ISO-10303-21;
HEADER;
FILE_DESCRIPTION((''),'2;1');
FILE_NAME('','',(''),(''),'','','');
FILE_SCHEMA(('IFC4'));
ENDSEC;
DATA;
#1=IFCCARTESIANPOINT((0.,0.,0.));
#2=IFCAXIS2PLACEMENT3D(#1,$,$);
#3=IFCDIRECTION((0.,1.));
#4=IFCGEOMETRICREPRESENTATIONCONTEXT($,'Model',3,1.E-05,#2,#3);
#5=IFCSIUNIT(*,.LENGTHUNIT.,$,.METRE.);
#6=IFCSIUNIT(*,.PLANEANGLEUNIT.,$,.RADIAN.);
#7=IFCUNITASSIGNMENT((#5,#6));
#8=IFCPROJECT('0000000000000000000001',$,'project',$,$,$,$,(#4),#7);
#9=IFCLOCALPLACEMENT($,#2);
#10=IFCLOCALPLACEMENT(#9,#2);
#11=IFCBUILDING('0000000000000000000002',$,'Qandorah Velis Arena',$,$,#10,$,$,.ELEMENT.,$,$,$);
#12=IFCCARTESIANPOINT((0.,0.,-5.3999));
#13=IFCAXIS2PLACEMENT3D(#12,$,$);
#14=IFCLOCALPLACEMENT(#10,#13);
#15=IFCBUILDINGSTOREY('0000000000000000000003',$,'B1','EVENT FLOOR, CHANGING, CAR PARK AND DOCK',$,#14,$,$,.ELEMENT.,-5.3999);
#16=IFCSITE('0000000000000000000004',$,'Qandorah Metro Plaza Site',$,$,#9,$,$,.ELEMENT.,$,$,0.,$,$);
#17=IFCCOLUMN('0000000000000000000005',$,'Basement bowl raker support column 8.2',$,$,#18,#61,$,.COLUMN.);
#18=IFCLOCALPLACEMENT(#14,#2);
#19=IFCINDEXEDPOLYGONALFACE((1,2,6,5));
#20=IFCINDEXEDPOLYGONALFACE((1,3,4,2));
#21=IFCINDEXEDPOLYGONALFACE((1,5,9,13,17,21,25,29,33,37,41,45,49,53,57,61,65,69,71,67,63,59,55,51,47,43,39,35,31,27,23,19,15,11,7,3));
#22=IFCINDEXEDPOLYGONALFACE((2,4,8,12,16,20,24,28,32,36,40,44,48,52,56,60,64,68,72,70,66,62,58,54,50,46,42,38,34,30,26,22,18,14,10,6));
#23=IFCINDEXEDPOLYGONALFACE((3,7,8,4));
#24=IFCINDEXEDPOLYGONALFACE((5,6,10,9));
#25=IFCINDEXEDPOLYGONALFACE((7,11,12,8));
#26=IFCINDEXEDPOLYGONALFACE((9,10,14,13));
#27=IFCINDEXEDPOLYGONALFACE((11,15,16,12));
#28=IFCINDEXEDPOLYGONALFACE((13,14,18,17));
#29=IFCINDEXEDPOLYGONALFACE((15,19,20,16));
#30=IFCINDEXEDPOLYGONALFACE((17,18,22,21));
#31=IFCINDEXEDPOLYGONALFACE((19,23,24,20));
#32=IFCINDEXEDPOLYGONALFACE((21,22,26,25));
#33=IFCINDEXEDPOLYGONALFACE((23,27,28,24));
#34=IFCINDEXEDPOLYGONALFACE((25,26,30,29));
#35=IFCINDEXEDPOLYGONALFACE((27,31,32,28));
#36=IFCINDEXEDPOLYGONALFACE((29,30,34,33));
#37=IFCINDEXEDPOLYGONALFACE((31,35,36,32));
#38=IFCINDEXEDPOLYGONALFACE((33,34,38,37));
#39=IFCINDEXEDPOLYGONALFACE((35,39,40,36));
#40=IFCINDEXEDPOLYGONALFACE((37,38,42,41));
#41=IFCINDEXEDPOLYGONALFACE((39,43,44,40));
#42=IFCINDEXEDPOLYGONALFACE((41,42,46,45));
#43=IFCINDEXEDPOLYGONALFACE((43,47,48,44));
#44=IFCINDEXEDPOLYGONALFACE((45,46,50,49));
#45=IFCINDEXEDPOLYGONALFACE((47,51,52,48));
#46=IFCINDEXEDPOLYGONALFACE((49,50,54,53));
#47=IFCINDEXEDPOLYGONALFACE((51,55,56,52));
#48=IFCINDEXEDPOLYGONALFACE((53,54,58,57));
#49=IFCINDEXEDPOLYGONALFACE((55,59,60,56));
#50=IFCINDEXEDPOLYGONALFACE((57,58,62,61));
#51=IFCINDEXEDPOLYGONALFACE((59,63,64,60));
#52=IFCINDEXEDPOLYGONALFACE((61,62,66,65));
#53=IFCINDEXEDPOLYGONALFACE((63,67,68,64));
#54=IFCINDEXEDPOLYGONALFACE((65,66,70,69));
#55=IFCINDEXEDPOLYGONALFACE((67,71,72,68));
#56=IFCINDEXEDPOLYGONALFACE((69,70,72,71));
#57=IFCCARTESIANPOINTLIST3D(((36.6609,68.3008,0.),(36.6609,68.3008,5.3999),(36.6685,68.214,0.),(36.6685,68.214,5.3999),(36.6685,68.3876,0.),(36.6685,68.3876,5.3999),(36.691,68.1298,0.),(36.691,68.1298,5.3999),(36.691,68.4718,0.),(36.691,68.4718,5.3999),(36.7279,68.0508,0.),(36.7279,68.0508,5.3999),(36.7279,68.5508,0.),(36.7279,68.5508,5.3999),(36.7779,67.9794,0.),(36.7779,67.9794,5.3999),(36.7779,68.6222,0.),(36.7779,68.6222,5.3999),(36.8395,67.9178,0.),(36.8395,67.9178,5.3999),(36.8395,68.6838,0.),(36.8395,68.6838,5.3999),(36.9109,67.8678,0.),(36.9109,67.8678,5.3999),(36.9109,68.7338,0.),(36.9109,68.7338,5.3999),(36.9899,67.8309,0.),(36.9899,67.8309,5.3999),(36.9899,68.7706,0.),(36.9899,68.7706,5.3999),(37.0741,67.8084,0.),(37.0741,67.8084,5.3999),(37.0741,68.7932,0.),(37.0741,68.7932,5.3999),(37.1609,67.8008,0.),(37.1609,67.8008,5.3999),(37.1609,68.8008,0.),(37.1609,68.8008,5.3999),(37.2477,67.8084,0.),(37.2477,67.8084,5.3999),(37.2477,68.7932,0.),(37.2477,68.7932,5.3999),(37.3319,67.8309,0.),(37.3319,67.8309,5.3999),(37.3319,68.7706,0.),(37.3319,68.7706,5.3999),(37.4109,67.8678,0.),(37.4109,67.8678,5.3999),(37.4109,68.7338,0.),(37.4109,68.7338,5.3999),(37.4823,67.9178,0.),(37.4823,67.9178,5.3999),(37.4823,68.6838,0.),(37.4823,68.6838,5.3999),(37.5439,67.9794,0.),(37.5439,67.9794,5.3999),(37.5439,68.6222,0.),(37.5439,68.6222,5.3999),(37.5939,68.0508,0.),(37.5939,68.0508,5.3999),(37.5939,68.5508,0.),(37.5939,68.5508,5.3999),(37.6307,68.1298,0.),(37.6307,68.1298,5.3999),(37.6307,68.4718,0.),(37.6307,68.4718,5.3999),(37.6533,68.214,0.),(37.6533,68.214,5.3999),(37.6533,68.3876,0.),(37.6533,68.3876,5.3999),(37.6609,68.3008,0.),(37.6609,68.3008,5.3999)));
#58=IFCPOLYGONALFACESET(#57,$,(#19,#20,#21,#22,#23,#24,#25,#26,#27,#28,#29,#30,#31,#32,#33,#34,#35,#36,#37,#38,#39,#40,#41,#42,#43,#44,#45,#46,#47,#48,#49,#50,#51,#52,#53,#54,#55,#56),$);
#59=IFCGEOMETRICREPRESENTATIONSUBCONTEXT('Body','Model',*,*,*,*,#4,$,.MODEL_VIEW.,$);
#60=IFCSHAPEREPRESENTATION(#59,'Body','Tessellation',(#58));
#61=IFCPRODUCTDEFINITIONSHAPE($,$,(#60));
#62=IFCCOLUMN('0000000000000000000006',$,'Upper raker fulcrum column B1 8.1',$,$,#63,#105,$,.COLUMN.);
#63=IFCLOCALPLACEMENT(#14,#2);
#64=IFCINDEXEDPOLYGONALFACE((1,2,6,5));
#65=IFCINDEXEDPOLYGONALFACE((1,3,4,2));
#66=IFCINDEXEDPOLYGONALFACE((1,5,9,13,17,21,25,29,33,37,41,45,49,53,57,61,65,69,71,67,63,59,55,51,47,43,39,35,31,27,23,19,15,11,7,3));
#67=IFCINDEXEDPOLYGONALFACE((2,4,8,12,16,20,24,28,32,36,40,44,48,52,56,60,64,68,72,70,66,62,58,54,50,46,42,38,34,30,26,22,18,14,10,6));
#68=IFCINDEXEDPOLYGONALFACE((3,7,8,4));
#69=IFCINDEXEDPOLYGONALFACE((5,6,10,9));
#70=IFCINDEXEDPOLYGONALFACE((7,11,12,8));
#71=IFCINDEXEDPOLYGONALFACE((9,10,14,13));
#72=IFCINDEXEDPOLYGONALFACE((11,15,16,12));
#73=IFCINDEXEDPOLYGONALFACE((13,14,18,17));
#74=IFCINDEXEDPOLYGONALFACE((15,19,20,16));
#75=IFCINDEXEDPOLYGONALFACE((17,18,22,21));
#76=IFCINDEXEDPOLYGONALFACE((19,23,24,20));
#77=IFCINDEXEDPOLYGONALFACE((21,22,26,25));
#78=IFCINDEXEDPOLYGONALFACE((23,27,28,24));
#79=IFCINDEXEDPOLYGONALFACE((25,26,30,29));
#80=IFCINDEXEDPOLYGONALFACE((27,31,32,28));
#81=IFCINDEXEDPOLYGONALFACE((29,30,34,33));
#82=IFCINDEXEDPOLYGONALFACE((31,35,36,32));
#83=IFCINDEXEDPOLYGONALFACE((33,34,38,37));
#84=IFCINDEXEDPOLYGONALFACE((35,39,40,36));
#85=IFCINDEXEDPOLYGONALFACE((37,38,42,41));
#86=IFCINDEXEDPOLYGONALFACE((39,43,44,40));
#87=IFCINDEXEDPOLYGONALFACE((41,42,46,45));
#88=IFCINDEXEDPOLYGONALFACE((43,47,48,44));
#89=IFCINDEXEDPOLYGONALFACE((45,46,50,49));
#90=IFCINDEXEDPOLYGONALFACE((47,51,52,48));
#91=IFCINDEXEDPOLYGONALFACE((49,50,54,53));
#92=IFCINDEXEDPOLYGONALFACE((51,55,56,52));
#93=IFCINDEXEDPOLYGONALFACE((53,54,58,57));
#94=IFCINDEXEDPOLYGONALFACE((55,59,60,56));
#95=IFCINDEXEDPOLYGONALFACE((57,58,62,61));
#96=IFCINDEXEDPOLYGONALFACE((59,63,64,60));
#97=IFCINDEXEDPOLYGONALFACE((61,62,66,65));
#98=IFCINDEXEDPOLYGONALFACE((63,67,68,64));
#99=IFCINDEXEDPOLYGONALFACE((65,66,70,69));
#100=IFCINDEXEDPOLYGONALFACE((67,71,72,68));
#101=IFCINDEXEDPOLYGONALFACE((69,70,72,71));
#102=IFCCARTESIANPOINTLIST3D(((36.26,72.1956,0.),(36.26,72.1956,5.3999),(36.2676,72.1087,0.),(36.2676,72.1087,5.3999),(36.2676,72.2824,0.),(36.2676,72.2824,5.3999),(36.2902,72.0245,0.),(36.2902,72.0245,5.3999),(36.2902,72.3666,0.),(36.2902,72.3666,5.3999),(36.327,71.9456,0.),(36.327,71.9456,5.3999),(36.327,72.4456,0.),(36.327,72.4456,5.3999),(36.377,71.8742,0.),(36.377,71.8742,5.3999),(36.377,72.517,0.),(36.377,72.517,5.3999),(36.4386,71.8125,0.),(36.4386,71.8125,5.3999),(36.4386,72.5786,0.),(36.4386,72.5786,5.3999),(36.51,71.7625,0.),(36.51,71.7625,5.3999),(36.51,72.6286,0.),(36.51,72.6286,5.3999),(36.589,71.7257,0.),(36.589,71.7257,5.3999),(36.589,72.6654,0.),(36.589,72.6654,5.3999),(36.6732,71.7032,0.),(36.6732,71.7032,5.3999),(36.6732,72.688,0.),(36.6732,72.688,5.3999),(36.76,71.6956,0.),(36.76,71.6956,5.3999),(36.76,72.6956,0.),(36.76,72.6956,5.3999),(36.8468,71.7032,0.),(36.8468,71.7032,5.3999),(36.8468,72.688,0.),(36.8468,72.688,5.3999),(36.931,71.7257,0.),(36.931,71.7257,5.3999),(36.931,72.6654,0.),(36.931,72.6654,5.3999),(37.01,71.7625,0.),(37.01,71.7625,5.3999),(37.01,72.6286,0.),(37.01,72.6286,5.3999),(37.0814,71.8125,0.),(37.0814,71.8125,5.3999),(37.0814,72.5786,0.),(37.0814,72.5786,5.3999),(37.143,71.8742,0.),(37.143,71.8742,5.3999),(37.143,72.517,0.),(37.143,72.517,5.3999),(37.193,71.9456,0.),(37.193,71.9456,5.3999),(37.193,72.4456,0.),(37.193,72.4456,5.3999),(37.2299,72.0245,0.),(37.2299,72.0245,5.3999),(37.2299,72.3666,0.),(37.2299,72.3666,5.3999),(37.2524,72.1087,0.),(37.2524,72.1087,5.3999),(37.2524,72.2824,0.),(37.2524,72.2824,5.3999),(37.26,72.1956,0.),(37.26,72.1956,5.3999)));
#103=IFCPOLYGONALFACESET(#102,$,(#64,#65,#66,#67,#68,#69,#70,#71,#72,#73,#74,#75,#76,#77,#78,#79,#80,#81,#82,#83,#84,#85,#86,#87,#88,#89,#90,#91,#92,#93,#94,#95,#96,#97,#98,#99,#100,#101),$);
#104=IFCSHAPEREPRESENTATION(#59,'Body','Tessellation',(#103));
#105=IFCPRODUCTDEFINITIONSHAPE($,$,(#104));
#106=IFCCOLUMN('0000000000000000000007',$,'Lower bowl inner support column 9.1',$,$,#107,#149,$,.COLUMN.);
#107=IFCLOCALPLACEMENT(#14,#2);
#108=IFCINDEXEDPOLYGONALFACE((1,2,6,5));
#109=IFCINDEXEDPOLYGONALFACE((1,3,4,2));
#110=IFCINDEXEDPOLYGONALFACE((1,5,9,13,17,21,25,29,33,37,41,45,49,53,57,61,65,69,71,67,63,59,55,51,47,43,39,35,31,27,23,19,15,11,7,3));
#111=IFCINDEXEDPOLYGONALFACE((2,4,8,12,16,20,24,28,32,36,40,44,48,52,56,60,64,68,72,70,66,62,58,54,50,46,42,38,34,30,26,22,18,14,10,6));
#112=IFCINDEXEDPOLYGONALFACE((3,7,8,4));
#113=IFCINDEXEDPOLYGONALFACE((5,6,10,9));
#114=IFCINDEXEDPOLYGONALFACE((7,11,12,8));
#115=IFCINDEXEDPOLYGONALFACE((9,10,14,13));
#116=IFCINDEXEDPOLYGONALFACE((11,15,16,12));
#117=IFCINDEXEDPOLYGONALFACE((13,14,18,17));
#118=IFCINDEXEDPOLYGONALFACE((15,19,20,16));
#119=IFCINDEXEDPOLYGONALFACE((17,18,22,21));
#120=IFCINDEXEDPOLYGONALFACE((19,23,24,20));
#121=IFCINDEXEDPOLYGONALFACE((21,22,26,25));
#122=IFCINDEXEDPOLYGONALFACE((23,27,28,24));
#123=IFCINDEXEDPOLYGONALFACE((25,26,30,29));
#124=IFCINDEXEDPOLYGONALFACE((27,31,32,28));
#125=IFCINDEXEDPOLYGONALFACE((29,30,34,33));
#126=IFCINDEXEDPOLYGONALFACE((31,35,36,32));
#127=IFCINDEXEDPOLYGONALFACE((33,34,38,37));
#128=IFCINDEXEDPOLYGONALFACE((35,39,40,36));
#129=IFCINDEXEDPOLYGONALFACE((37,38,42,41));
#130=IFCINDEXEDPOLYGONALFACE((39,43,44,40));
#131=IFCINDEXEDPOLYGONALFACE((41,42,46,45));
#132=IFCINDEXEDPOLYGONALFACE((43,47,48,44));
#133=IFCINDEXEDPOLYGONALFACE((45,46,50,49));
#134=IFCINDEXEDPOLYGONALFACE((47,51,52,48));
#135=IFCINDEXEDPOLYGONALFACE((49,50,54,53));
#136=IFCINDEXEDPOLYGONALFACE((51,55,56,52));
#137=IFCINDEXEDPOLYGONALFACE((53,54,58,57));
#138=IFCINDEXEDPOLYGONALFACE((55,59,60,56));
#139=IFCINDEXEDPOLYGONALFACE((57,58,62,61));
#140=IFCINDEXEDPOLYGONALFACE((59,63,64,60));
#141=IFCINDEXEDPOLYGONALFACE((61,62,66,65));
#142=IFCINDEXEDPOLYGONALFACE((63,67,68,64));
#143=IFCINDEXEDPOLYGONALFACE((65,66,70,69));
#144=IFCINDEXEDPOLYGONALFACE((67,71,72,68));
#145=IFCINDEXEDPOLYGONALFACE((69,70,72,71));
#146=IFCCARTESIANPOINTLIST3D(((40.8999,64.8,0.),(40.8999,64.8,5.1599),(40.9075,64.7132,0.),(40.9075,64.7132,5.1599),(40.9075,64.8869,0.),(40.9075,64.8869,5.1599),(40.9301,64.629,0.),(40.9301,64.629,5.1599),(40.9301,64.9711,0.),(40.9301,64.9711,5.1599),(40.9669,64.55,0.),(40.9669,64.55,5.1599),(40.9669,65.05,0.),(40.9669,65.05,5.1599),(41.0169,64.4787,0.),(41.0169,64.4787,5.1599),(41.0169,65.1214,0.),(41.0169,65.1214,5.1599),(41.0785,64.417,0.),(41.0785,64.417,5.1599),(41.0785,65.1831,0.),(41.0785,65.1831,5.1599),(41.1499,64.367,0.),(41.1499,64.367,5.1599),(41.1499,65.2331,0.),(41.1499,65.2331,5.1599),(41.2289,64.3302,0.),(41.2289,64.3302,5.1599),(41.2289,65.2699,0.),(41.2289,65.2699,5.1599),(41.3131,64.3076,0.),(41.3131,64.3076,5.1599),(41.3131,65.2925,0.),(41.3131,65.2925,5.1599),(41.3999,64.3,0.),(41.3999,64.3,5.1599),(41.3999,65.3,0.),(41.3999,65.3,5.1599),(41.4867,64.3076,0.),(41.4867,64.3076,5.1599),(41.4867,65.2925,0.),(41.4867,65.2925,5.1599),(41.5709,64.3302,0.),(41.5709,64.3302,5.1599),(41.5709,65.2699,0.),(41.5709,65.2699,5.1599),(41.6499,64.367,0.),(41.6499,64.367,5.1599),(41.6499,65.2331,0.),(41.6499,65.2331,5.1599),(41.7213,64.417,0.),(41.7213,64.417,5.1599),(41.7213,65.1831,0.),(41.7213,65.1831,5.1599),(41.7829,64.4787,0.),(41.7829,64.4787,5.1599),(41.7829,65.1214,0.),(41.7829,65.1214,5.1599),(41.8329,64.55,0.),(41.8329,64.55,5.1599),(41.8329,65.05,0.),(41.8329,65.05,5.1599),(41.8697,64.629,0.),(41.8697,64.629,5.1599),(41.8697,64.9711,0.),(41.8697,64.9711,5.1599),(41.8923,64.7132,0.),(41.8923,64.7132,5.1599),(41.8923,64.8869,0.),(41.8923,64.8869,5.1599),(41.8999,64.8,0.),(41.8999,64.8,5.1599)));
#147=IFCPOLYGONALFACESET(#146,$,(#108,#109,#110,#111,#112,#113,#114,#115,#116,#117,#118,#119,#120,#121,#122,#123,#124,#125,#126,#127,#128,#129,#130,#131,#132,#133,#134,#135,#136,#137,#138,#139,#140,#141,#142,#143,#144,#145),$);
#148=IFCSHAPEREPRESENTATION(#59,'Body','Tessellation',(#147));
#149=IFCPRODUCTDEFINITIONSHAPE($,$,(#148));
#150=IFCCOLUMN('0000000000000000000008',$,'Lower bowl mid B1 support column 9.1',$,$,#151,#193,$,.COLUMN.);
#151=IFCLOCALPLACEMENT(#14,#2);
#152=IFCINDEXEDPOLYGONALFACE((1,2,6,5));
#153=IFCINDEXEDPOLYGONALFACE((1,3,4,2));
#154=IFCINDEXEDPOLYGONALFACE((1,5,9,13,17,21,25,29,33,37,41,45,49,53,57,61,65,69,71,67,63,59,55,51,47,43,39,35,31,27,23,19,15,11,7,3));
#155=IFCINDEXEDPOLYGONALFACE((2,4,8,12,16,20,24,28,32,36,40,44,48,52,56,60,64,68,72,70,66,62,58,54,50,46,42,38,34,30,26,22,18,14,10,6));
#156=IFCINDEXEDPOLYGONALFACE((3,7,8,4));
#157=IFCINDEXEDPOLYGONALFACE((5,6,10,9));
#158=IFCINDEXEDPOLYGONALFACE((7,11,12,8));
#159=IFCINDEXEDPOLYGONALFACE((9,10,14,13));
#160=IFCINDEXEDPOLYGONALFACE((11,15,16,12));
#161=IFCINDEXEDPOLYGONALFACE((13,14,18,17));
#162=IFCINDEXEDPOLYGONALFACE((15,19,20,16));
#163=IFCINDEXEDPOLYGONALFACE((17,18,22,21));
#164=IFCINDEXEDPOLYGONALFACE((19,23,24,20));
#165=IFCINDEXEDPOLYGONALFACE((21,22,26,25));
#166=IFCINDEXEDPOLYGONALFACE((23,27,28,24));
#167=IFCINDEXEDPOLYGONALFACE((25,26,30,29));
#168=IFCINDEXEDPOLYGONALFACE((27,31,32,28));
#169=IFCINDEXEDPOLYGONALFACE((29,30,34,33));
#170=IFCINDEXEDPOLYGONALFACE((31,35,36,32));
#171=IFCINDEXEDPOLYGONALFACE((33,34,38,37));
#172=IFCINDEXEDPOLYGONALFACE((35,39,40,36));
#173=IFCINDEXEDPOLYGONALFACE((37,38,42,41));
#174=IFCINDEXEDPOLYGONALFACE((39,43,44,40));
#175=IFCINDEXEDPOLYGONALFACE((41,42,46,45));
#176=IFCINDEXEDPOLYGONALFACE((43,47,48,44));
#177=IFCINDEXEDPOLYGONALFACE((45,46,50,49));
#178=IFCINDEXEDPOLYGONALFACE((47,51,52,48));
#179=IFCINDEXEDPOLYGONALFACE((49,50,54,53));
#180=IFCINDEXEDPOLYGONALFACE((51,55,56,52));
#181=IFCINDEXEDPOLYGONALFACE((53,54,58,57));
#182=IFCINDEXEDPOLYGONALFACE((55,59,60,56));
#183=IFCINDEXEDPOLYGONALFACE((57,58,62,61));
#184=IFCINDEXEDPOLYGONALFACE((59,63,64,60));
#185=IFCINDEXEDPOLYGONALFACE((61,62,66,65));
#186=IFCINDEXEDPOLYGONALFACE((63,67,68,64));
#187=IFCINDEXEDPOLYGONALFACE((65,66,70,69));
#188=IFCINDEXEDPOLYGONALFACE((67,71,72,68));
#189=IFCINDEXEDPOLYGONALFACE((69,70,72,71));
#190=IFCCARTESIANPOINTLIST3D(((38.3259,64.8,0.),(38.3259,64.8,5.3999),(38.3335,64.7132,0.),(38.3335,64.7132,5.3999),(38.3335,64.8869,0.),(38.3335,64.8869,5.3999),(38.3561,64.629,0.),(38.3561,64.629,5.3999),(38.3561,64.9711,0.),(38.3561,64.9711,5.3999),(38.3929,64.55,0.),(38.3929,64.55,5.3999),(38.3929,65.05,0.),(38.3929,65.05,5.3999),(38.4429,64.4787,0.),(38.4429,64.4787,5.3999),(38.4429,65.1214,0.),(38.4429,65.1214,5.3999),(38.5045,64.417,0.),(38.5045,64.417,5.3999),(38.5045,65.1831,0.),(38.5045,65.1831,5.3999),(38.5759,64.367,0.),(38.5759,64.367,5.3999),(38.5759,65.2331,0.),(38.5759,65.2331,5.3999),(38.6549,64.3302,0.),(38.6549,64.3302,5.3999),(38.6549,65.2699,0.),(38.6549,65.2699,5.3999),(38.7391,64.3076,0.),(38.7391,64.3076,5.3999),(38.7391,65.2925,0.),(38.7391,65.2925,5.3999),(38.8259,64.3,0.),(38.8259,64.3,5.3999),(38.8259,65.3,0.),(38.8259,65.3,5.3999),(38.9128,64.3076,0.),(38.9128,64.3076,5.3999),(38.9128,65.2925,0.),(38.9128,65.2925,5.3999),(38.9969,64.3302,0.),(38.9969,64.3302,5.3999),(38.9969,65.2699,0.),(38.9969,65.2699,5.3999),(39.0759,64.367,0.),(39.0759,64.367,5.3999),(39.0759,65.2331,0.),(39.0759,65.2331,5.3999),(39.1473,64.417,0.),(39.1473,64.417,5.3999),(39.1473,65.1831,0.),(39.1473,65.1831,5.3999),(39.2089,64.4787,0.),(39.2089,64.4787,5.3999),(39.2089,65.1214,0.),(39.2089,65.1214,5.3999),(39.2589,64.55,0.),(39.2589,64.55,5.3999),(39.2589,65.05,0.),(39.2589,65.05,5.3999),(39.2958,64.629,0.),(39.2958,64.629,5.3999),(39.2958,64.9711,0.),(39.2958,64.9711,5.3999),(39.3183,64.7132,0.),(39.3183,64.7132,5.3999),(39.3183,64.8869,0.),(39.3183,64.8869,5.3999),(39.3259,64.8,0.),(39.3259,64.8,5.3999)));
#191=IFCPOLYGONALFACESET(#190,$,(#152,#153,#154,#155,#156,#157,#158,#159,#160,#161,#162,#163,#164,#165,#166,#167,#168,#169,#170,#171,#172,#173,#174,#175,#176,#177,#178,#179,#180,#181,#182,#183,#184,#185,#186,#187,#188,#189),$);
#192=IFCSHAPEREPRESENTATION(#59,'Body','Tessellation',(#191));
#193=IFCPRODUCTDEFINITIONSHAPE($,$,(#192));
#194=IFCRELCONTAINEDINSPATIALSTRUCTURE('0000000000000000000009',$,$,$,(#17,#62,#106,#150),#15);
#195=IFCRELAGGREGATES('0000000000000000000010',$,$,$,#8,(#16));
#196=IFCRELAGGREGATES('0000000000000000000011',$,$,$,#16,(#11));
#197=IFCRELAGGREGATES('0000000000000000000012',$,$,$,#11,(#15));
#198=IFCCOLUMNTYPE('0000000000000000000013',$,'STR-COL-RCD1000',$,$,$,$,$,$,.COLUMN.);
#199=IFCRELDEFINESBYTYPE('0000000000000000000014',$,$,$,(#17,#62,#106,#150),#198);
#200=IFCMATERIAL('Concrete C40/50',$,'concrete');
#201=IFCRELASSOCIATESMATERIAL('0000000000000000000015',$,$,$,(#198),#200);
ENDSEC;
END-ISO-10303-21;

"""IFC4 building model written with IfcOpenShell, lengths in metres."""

from ifc_helpers import new_model, si_unit, direction, frame, origin, origin_2d, place, context, subcontext, project, spatial, circle, extrude, material, material_profile, profile_set, type_object, element, save


model = new_model("IFC4")

# Units and contexts
model_context = context("Model", 3, precision=1e-05, world=origin(), true_north=direction((0.0, 1.0)))
body_context = subcontext(model_context, "Body", "Model", "MODEL_VIEW")
ifc_project = project(units=[si_unit("LENGTHUNIT", "METRE"), si_unit("PLANEANGLEUNIT", "RADIAN")], contexts=[model_context])

# Site, building, storey
site_placement = place(None, origin())
site = spatial("IfcSite", under=ifc_project, at=site_placement, Name="Qandorah Metro Plaza Site", CompositionType="ELEMENT", RefElevation=0.0)
building_placement = place(site_placement, origin())
building = spatial("IfcBuilding", under=site, at=building_placement, Name="Qandorah Velis Arena", CompositionType="ELEMENT")
storey_placement = place(building_placement, frame((0.0, 0.0, -5.3999)))
storey = spatial("IfcBuildingStorey", under=building, at=storey_placement, Name="B1", Description="EVENT FLOOR, CHANGING, CAR PARK AND DOCK", CompositionType="ELEMENT", Elevation=-5.3999)

# Shared definitions
ifc_material = material(Name="Concrete C40/50", Category="concrete")

# Columns
ifc_material_profile_1 = material_profile(ifc_material, circle(Radius=0.5, at=origin_2d()), Name="RC D1000")
ifc_profile_set_1 = profile_set([ifc_material_profile_1], Name="Concrete C40/50")
column_type_1 = type_object("IfcColumnType", Name="STR-COL-RCD1000", PredefinedType="COLUMN", material=ifc_profile_set_1)
for number, where, z_axis, x_axis, name in (
    (1, (37.1609, 68.3008, 0.0), (0.0, 0.0, 1.0), (1.0, 0.0, 0.0), "Basement bowl raker support column 8.2"),
    (2, (36.76, 72.1956, 0.0), (0.0, 0.0, 1.0), (1.0, 0.0, 0.0), "Upper raker fulcrum column B1 8.1"),
):
    element("IfcColumn", number, at=place(storey_placement, frame(where, z_axis=z_axis, x_axis=x_axis)), inside=storey, type_object=column_type_1, Name=name, PredefinedType="COLUMN", context=body_context, shape_type="SweptSolid", body=[
        extrude(circle(Radius=0.5, at=origin_2d()), origin(), (0.0, 0.0, 1.0), 5.3999),
    ])
column_1_placement = place(storey_placement, frame((41.3999, 64.8, 0.0), z_axis=(0.0, 0.0, 1.0), x_axis=(1.0, 0.0, 0.0)))
element("IfcColumn", 3, at=column_1_placement, inside=storey, type_object=column_type_1, Name="Lower bowl inner support column 9.1", PredefinedType="COLUMN", context=body_context, shape_type="SweptSolid", body=[
    extrude(circle(Radius=0.5, at=origin_2d()), origin(), (0.0, 0.0, 1.0), 5.1599),
])
for number, where, z_axis, x_axis, name in (
    (4, (38.8259, 64.8, 0.0), (0.0, 0.0, 1.0), (1.0, 0.0, 0.0), "Lower bowl mid B1 support column 9.1"),
):
    element("IfcColumn", number, at=place(storey_placement, frame(where, z_axis=z_axis, x_axis=x_axis)), inside=storey, type_object=column_type_1, Name=name, PredefinedType="COLUMN", context=body_context, shape_type="SweptSolid", body=[
        extrude(circle(Radius=0.5, at=origin_2d()), origin(), (0.0, 0.0, 1.0), 5.3999),
    ])

save(model, "model.ifc")
